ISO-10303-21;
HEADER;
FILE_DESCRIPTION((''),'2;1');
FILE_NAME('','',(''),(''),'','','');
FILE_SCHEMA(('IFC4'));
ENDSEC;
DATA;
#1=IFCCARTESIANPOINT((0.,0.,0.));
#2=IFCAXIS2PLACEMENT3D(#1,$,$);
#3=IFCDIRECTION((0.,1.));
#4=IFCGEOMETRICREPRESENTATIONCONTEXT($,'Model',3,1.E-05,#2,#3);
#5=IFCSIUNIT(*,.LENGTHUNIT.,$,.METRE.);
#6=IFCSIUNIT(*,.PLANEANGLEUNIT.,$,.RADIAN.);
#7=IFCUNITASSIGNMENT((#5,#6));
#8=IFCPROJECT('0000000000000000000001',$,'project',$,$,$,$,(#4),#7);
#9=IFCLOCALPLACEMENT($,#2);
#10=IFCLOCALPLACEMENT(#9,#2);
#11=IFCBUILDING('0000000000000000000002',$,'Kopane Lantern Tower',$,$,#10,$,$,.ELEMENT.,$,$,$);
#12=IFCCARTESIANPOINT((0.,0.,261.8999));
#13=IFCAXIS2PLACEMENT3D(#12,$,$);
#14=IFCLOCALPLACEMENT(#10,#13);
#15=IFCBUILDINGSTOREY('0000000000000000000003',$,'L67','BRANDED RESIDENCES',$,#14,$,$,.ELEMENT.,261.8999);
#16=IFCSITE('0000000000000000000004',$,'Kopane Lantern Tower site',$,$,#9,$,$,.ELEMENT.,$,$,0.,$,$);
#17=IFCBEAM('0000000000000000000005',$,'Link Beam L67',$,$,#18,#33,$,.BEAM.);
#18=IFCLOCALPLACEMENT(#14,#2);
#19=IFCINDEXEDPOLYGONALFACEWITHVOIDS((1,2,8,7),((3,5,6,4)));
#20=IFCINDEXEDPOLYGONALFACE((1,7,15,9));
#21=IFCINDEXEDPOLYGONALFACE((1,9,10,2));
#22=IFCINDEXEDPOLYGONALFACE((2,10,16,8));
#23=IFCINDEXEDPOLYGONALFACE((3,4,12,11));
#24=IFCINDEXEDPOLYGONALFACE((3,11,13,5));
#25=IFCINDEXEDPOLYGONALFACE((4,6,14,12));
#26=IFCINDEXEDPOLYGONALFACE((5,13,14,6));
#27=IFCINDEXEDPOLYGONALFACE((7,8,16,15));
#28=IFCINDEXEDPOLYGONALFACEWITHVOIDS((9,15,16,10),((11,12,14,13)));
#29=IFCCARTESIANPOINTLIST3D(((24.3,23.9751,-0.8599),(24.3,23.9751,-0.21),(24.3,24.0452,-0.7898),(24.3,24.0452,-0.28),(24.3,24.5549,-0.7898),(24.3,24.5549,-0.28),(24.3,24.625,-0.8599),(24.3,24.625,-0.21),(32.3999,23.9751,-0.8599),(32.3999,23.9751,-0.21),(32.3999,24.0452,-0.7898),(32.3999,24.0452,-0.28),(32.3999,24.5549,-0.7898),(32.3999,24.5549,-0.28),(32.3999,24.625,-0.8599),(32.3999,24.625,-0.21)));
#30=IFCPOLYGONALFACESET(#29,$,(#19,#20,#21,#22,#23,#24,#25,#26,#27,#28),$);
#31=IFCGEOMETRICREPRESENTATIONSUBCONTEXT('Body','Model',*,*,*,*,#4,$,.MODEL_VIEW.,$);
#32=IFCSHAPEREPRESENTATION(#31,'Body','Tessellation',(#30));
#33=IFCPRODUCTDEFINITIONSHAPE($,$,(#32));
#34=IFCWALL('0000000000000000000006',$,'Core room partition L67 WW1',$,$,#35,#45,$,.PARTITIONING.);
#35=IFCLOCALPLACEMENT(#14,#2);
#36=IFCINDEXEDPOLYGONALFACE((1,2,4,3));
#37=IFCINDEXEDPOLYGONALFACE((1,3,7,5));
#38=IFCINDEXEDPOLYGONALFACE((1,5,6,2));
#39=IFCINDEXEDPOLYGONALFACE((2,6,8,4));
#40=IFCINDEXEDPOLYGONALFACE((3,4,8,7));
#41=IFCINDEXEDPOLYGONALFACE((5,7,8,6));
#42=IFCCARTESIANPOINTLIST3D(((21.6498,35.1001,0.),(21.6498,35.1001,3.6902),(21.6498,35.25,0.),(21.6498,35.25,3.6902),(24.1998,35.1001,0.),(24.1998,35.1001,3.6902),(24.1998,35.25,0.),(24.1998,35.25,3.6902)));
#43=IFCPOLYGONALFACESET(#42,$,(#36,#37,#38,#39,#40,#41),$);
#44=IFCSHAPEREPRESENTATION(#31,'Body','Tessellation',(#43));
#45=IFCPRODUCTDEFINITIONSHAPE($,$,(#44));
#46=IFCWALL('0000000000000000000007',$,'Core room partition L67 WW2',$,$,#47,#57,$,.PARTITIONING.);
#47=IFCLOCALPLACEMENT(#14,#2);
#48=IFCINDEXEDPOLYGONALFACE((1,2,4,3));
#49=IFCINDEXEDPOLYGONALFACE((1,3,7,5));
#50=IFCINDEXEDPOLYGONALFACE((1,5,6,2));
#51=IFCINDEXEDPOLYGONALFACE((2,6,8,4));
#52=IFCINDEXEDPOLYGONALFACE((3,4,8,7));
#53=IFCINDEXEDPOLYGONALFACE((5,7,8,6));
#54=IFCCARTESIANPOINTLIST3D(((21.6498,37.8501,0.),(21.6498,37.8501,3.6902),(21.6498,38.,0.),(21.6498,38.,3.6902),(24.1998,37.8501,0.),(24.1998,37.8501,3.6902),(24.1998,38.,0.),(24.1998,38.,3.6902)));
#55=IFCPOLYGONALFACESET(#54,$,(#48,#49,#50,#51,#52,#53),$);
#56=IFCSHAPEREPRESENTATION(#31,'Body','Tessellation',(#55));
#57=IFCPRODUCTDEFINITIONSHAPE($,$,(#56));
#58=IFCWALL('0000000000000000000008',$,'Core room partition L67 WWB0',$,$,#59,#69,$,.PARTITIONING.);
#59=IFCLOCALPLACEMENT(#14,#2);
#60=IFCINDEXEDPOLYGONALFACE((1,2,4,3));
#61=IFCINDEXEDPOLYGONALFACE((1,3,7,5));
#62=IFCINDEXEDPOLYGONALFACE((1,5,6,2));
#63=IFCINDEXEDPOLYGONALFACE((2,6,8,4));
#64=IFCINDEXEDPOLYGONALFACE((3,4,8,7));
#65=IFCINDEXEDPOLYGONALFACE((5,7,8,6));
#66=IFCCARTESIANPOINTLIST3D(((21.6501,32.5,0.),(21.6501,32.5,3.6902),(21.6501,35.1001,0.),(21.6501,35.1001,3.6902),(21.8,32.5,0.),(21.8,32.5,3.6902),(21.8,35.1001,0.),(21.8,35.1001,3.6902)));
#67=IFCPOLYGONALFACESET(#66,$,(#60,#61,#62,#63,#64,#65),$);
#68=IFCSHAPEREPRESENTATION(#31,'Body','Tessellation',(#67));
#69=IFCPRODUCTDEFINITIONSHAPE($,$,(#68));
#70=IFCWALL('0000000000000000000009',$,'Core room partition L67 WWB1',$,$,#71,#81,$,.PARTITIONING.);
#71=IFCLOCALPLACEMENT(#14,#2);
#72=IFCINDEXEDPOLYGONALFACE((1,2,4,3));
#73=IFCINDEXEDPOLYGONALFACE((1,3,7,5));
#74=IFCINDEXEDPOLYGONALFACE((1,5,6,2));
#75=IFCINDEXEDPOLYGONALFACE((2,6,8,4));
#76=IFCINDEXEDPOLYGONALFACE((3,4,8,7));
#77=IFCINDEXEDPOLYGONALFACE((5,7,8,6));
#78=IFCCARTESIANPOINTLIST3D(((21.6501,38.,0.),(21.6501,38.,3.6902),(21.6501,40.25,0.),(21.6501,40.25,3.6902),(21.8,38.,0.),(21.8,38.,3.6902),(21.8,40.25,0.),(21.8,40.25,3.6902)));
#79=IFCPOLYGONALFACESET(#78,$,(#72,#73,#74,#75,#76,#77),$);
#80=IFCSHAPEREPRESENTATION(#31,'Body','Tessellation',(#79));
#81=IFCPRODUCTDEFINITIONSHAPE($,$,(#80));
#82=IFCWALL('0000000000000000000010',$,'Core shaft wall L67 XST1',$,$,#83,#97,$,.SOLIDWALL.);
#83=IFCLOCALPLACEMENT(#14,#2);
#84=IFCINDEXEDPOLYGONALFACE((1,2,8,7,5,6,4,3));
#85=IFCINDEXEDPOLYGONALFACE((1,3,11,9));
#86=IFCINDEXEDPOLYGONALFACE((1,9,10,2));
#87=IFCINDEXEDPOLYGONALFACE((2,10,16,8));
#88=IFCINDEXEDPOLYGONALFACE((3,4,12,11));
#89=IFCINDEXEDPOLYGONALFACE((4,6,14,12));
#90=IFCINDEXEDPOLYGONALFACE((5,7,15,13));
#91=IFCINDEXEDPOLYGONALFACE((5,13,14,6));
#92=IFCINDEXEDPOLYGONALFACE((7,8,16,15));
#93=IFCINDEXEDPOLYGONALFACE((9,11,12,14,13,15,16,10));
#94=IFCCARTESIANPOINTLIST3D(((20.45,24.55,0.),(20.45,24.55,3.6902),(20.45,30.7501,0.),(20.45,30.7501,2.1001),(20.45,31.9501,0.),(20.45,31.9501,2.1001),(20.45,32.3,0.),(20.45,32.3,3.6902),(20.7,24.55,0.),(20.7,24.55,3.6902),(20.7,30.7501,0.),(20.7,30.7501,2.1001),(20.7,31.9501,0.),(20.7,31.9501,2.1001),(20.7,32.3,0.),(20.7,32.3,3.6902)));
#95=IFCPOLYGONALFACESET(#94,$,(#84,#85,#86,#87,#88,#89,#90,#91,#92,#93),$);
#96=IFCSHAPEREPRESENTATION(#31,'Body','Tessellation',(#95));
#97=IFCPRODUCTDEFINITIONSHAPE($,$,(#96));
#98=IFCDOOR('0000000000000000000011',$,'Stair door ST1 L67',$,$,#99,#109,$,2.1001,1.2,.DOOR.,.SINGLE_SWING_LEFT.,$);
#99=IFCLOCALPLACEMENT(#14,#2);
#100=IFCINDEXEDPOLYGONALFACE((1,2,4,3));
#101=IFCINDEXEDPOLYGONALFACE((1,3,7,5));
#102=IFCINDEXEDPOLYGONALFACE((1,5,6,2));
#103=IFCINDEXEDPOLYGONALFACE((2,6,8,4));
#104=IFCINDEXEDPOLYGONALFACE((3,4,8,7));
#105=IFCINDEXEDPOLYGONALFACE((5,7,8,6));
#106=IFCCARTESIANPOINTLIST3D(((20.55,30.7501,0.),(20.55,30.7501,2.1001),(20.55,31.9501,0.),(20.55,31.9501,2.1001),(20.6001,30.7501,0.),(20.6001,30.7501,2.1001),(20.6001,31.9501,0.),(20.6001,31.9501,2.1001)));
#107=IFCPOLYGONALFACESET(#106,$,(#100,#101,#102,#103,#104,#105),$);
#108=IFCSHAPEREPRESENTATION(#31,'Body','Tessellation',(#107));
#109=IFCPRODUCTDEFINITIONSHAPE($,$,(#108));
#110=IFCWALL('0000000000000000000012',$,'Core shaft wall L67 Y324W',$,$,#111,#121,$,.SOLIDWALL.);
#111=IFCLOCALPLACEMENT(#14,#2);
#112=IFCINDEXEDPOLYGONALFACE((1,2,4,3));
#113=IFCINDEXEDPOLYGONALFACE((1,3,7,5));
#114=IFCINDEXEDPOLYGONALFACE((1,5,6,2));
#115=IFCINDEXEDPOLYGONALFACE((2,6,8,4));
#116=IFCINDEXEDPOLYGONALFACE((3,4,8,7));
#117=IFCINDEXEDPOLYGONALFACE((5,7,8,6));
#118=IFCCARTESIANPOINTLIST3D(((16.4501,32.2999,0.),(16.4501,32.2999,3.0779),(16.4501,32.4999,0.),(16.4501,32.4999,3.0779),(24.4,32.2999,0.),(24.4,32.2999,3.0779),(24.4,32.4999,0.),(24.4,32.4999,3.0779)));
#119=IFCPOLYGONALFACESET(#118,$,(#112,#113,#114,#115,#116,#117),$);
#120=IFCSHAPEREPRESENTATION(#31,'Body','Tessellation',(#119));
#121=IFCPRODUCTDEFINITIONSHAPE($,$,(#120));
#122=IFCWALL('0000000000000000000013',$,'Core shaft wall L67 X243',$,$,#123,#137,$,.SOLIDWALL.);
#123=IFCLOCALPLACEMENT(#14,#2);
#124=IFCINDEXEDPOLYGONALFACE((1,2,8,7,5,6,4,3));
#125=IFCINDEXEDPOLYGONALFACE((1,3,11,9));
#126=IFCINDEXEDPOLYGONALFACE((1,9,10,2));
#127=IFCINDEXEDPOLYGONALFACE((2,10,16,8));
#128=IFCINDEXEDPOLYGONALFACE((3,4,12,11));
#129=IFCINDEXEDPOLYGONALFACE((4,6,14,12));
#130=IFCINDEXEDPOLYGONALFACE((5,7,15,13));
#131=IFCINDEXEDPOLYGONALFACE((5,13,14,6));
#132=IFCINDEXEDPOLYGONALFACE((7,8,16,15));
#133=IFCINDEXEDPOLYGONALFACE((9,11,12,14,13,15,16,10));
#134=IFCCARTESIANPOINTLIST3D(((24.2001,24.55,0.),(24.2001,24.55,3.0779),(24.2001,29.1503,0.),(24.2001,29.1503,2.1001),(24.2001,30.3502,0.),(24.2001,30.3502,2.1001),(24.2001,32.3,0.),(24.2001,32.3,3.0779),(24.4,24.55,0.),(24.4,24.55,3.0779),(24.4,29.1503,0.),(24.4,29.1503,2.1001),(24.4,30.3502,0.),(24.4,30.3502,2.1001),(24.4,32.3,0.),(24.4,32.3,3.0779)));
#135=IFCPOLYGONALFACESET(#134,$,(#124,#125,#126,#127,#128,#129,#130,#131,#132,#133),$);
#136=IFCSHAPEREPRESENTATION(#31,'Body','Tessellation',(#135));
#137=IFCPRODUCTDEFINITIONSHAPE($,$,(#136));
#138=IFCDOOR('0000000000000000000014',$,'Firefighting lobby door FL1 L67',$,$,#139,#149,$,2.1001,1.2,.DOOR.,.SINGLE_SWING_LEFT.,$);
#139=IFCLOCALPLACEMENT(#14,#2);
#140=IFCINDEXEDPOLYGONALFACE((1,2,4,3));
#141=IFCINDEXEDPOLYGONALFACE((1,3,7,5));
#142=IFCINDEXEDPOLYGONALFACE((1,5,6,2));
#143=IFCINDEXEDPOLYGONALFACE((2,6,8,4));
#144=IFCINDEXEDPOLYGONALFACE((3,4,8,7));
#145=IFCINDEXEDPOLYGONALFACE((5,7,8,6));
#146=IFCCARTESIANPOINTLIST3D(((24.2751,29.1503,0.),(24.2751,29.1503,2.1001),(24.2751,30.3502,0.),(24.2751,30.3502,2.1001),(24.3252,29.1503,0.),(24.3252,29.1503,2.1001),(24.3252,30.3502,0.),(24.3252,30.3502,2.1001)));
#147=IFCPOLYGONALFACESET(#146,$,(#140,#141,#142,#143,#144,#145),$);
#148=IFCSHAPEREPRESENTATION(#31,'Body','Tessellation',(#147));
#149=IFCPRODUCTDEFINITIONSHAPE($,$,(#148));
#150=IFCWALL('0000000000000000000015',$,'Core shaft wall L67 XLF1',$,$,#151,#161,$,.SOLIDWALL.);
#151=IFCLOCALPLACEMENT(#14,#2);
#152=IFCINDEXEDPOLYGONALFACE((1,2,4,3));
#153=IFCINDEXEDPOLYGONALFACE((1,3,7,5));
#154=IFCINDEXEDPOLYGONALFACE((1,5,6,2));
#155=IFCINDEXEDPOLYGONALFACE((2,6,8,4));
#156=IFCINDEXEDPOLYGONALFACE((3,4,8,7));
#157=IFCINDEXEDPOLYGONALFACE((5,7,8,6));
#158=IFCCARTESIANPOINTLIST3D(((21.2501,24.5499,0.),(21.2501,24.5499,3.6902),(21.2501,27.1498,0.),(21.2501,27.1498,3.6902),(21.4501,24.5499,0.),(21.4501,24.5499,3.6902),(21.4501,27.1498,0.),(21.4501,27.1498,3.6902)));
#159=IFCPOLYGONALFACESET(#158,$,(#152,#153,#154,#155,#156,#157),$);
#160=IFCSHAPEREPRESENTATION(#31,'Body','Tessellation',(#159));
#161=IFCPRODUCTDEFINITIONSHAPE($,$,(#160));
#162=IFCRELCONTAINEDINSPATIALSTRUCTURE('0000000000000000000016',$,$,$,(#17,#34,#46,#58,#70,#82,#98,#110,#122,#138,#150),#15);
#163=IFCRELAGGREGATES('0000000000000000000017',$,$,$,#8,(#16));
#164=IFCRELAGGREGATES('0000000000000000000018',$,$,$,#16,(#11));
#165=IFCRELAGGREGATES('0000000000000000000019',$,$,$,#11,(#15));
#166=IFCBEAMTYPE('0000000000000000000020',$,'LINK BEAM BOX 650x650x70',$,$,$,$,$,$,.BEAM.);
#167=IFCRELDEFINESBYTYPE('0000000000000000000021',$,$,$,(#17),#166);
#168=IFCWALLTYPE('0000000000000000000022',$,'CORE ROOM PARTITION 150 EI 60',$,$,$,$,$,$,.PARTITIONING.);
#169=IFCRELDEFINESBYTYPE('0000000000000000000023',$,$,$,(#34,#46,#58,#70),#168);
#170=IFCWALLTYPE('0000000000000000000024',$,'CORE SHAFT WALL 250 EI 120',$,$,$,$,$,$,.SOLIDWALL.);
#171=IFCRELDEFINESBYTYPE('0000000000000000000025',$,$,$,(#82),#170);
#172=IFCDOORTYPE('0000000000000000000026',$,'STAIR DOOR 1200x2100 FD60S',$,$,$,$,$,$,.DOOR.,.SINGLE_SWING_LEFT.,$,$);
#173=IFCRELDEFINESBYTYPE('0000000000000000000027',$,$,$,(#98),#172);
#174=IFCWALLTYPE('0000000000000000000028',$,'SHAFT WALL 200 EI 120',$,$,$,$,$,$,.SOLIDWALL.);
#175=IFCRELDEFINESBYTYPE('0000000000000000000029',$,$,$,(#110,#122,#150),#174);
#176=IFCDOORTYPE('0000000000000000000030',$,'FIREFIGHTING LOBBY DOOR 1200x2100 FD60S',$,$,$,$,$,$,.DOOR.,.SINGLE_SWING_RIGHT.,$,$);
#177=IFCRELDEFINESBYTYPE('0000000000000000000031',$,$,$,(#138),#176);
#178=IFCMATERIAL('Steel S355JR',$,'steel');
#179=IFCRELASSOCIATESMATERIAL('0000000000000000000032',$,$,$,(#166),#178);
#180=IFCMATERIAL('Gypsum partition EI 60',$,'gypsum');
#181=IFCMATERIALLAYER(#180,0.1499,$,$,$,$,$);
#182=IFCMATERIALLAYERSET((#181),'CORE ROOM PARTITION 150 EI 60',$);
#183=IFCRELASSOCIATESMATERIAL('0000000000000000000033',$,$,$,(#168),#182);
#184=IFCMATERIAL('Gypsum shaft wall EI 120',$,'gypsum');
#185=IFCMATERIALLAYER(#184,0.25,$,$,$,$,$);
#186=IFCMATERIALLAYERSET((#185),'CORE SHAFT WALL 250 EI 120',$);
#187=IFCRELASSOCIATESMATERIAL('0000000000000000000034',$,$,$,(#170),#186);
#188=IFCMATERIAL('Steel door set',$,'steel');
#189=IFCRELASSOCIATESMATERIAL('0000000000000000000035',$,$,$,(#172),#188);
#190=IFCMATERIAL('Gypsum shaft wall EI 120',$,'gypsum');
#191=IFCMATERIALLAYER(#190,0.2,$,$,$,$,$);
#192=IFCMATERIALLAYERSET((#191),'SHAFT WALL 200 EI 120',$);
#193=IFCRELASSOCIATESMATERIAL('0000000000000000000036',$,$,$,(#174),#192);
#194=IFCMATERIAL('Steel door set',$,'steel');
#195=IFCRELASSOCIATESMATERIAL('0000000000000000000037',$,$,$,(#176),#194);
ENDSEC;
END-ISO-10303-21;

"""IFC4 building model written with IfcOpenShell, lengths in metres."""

from ifc_helpers import new_model, si_unit, direction, frame, frame_2d, origin, origin_2d, place, context, subcontext, project, spatial, rectangle, hollow_rectangle, extrude, material, layer, layer_set, material_profile, profile_set, type_object, element, fill, save


model = new_model("IFC4")

# Units and contexts
model_context = context("Model", 3, precision=1e-05, world=origin(), true_north=direction((0.0, 1.0)))
body_context = subcontext(model_context, "Body", "Model", "MODEL_VIEW")
ifc_project = project(units=[si_unit("LENGTHUNIT", "METRE"), si_unit("PLANEANGLEUNIT", "RADIAN")], contexts=[model_context])

# Site, building, storey
site_placement = place(None, origin())
site = spatial("IfcSite", under=ifc_project, at=site_placement, Name="Kopane Lantern Tower site", CompositionType="ELEMENT", RefElevation=0.0)
building_placement = place(site_placement, origin())
building = spatial("IfcBuilding", under=site, at=building_placement, Name="Kopane Lantern Tower", CompositionType="ELEMENT")
storey_placement = place(building_placement, frame((0.0, 0.0, 261.8999)))
storey = spatial("IfcBuildingStorey", under=building, at=storey_placement, Name="L67", Description="BRANDED RESIDENCES", CompositionType="ELEMENT", Elevation=261.8999)

# Beam
ifc_material_1 = material(Name="Steel S355JR", Category="steel")
ifc_material_profile_1 = material_profile(ifc_material_1, hollow_rectangle(XDim=0.6499, YDim=0.6499, WallThickness=0.0701, at=origin_2d()), Name="BOX 650x650x70")
ifc_profile_set_1 = profile_set([ifc_material_profile_1], Name="Steel S355JR")
beam_type_1 = type_object("IfcBeamType", Name="LINK BEAM BOX 650x650x70", PredefinedType="BEAM", material=ifc_profile_set_1)
beam_1_placement = place(storey_placement, frame((24.3, 24.3, -0.5349), z_axis=(1.0, 0.0, 0.0), x_axis=(0.0, 1.0, 0.0)))
element("IfcBeam", 1, at=beam_1_placement, inside=storey, type_object=beam_type_1, Name="Link Beam L67", PredefinedType="BEAM", context=body_context, shape_type="SweptSolid", body=[
    extrude(hollow_rectangle(XDim=0.6499, YDim=0.6499, WallThickness=0.0701, at=origin_2d()), origin(), (0.0, 0.0, 1.0), 8.0999),
])

# Walls
ifc_material_2 = material(Name="Gypsum partition EI 60", Category="gypsum")
ifc_layer_1 = layer(ifc_material_2, 0.1499)
ifc_layer_set_1 = layer_set([ifc_layer_1], Name="CORE ROOM PARTITION 150 EI 60")
wall_type_1 = type_object("IfcWallType", Name="CORE ROOM PARTITION 150 EI 60", PredefinedType="PARTITIONING", material=ifc_layer_set_1)
for number, where, z_axis, x_axis, name in (
    (2, (21.6499, 35.175, 0.0), (0.0, 0.0, 1.0), (1.0, 0.0, 0.0), "Core room partition L67 WW1"),
    (3, (21.6499, 37.925, 0.0), (0.0, 0.0, 1.0), (1.0, 0.0, 0.0), "Core room partition L67 WW2"),
):
    element("IfcWall", number, at=place(storey_placement, frame(where, z_axis=z_axis, x_axis=x_axis)), inside=storey, type_object=wall_type_1, Name=name, PredefinedType="PARTITIONING", context=body_context, shape_type="SweptSolid", body=[
        extrude(rectangle(XDim=2.55, YDim=0.1499, at=frame_2d((1.2749, 0.0))), origin(), (0.0, 0.0, 1.0), 3.6902),
    ])
wall_1_placement = place(storey_placement, frame((21.7251, 32.5, 0.0), z_axis=(0.0, 0.0, 1.0), x_axis=(0.0, 1.0, 0.0)))
element("IfcWall", 4, at=wall_1_placement, inside=storey, type_object=wall_type_1, Name="Core room partition L67 WWB0", PredefinedType="PARTITIONING", context=body_context, shape_type="SweptSolid", body=[
    extrude(rectangle(XDim=2.6001, YDim=0.1499, at=frame_2d((1.3, 0.0))), origin(), (0.0, 0.0, 1.0), 3.6902),
])
wall_2_placement = place(storey_placement, frame((21.7251, 38.0, 0.0), z_axis=(0.0, 0.0, 1.0), x_axis=(0.0, 1.0, 0.0)))
element("IfcWall", 5, at=wall_2_placement, inside=storey, type_object=wall_type_1, Name="Core room partition L67 WWB1", PredefinedType="PARTITIONING", context=body_context, shape_type="SweptSolid", body=[
    extrude(rectangle(XDim=2.25, YDim=0.1499, at=frame_2d((1.125, 0.0))), origin(), (0.0, 0.0, 1.0), 3.6902),
])

# Wall, opening, door
ifc_material_3 = material(Name="Gypsum shaft wall EI 120", Category="gypsum")
ifc_layer_2 = layer(ifc_material_3, 0.25)
ifc_layer_set_2 = layer_set([ifc_layer_2], Name="CORE SHAFT WALL 250 EI 120")
wall_type_2 = type_object("IfcWallType", Name="CORE SHAFT WALL 250 EI 120", PredefinedType="SOLIDWALL", material=ifc_layer_set_2)
wall_3_placement = place(storey_placement, frame((20.575, 24.55, 0.0), z_axis=(0.0, 0.0, 1.0), x_axis=(0.0, 1.0, 0.0)))
wall_3 = element("IfcWall", 6, at=wall_3_placement, inside=storey, type_object=wall_type_2, Name="Core shaft wall L67 XST1", PredefinedType="SOLIDWALL", context=body_context, shape_type="SweptSolid", body=[
    extrude(rectangle(XDim=7.75, YDim=0.25, at=frame_2d((3.875, 0.0))), origin(), (0.0, 0.0, 1.0), 3.6902),
])
opening_1_placement = place(wall_3_placement, frame((6.2, 0.0, 0.0)))
opening_1 = element("IfcOpeningElement", 7, at=opening_1_placement, cuts=wall_3, PredefinedType="OPENING", context=body_context, shape_type="SweptSolid", body=[
    extrude(rectangle(XDim=1.2, YDim=2.1001, at=frame_2d((0.6001, 1.05))), frame((0.0, 0.135, 0.0), z_axis=(0.0, -1.0, 0.0), x_axis=(1.0, 0.0, 0.0)), (0.0, 0.0, 1.0), 0.27),
])
ifc_material_4 = material(Name="Steel door set", Category="steel")
door_type_1 = type_object("IfcDoorType", Name="STAIR DOOR 1200x2100 FD60S", OperationType="SINGLE_SWING_LEFT", PredefinedType="DOOR", material=ifc_material_4)
door_1_placement = place(opening_1_placement, origin())
door_1 = element("IfcDoor", 8, at=door_1_placement, inside=storey, type_object=door_type_1, Name="Stair door ST1 L67", OperationType="SINGLE_SWING_LEFT", OverallHeight=2.1001, OverallWidth=1.2, PredefinedType="DOOR", context=body_context, shape_type="SweptSolid", body=[
    extrude(rectangle(XDim=1.2, YDim=2.1001, at=frame_2d((0.6001, 1.05))), frame((0.0, 0.0249, 0.0), z_axis=(0.0, -1.0, 0.0), x_axis=(1.0, 0.0, 0.0)), (0.0, 0.0, 1.0), 0.05),
])
fill(opening_1, door_1)

# Wall
ifc_material_5 = material(Name="Gypsum shaft wall EI 120", Category="gypsum")
ifc_layer_3 = layer(ifc_material_5, 0.2)
ifc_layer_set_3 = layer_set([ifc_layer_3], Name="SHAFT WALL 200 EI 120")
wall_type_3 = type_object("IfcWallType", Name="SHAFT WALL 200 EI 120", PredefinedType="SOLIDWALL", material=ifc_layer_set_3)
wall_4_placement = place(storey_placement, frame((16.45, 32.3999, 0.0), z_axis=(0.0, 0.0, 1.0), x_axis=(1.0, 0.0, 0.0)))
element("IfcWall", 9, at=wall_4_placement, inside=storey, type_object=wall_type_3, Name="Core shaft wall L67 Y324W", PredefinedType="SOLIDWALL", context=body_context, shape_type="SweptSolid", body=[
    extrude(rectangle(XDim=7.95, YDim=0.2, at=frame_2d((3.9751, 0.0))), origin(), (0.0, 0.0, 1.0), 3.0779),
])

# Wall, opening, door
wall_5_placement = place(storey_placement, frame((24.3, 24.55, 0.0), z_axis=(0.0, 0.0, 1.0), x_axis=(0.0, 1.0, 0.0)))
wall_5 = element("IfcWall", 10, at=wall_5_placement, inside=storey, type_object=wall_type_3, Name="Core shaft wall L67 X243", PredefinedType="SOLIDWALL", context=body_context, shape_type="SweptSolid", body=[
    extrude(rectangle(XDim=7.75, YDim=0.2, at=frame_2d((3.875, 0.0))), origin(), (0.0, 0.0, 1.0), 3.0779),
])
opening_2_placement = place(wall_5_placement, frame((4.6001, 0.0, 0.0)))
opening_2 = element("IfcOpeningElement", 11, at=opening_2_placement, cuts=wall_5, PredefinedType="OPENING", context=body_context, shape_type="SweptSolid", body=[
    extrude(rectangle(XDim=1.2, YDim=2.1001, at=frame_2d((0.6001, 1.05))), frame((0.0, 0.1099, 0.0), z_axis=(0.0, -1.0, 0.0), x_axis=(1.0, 0.0, 0.0)), (0.0, 0.0, 1.0), 0.22),
])
ifc_material_6 = material(Name="Steel door set", Category="steel")
door_type_2 = type_object("IfcDoorType", Name="FIREFIGHTING LOBBY DOOR 1200x2100 FD60S", OperationType="SINGLE_SWING_RIGHT", PredefinedType="DOOR", material=ifc_material_6)
door_2_placement = place(opening_2_placement, origin())
door_2 = element("IfcDoor", 12, at=door_2_placement, inside=storey, type_object=door_type_2, Name="Firefighting lobby door FL1 L67", OperationType="SINGLE_SWING_LEFT", OverallHeight=2.1001, OverallWidth=1.2, PredefinedType="DOOR", context=body_context, shape_type="SweptSolid", body=[
    extrude(rectangle(XDim=1.2, YDim=2.1001, at=frame_2d((0.6001, 1.05))), frame((0.0, 0.0249, 0.0), z_axis=(0.0, -1.0, 0.0), x_axis=(1.0, 0.0, 0.0)), (0.0, 0.0, 1.0), 0.05),
])
fill(opening_2, door_2)

# Wall
wall_6_placement = place(storey_placement, frame((21.3501, 24.55, 0.0), z_axis=(0.0, 0.0, 1.0), x_axis=(0.0, 1.0, 0.0)))
element("IfcWall", 13, at=wall_6_placement, inside=storey, type_object=wall_type_3, Name="Core shaft wall L67 XLF1", PredefinedType="SOLIDWALL", context=body_context, shape_type="SweptSolid", body=[
    extrude(rectangle(XDim=2.5999, YDim=0.2, at=frame_2d((1.2998, 0.0))), origin(), (0.0, 0.0, 1.0), 3.6902),
])

save(model, "model.ifc")
